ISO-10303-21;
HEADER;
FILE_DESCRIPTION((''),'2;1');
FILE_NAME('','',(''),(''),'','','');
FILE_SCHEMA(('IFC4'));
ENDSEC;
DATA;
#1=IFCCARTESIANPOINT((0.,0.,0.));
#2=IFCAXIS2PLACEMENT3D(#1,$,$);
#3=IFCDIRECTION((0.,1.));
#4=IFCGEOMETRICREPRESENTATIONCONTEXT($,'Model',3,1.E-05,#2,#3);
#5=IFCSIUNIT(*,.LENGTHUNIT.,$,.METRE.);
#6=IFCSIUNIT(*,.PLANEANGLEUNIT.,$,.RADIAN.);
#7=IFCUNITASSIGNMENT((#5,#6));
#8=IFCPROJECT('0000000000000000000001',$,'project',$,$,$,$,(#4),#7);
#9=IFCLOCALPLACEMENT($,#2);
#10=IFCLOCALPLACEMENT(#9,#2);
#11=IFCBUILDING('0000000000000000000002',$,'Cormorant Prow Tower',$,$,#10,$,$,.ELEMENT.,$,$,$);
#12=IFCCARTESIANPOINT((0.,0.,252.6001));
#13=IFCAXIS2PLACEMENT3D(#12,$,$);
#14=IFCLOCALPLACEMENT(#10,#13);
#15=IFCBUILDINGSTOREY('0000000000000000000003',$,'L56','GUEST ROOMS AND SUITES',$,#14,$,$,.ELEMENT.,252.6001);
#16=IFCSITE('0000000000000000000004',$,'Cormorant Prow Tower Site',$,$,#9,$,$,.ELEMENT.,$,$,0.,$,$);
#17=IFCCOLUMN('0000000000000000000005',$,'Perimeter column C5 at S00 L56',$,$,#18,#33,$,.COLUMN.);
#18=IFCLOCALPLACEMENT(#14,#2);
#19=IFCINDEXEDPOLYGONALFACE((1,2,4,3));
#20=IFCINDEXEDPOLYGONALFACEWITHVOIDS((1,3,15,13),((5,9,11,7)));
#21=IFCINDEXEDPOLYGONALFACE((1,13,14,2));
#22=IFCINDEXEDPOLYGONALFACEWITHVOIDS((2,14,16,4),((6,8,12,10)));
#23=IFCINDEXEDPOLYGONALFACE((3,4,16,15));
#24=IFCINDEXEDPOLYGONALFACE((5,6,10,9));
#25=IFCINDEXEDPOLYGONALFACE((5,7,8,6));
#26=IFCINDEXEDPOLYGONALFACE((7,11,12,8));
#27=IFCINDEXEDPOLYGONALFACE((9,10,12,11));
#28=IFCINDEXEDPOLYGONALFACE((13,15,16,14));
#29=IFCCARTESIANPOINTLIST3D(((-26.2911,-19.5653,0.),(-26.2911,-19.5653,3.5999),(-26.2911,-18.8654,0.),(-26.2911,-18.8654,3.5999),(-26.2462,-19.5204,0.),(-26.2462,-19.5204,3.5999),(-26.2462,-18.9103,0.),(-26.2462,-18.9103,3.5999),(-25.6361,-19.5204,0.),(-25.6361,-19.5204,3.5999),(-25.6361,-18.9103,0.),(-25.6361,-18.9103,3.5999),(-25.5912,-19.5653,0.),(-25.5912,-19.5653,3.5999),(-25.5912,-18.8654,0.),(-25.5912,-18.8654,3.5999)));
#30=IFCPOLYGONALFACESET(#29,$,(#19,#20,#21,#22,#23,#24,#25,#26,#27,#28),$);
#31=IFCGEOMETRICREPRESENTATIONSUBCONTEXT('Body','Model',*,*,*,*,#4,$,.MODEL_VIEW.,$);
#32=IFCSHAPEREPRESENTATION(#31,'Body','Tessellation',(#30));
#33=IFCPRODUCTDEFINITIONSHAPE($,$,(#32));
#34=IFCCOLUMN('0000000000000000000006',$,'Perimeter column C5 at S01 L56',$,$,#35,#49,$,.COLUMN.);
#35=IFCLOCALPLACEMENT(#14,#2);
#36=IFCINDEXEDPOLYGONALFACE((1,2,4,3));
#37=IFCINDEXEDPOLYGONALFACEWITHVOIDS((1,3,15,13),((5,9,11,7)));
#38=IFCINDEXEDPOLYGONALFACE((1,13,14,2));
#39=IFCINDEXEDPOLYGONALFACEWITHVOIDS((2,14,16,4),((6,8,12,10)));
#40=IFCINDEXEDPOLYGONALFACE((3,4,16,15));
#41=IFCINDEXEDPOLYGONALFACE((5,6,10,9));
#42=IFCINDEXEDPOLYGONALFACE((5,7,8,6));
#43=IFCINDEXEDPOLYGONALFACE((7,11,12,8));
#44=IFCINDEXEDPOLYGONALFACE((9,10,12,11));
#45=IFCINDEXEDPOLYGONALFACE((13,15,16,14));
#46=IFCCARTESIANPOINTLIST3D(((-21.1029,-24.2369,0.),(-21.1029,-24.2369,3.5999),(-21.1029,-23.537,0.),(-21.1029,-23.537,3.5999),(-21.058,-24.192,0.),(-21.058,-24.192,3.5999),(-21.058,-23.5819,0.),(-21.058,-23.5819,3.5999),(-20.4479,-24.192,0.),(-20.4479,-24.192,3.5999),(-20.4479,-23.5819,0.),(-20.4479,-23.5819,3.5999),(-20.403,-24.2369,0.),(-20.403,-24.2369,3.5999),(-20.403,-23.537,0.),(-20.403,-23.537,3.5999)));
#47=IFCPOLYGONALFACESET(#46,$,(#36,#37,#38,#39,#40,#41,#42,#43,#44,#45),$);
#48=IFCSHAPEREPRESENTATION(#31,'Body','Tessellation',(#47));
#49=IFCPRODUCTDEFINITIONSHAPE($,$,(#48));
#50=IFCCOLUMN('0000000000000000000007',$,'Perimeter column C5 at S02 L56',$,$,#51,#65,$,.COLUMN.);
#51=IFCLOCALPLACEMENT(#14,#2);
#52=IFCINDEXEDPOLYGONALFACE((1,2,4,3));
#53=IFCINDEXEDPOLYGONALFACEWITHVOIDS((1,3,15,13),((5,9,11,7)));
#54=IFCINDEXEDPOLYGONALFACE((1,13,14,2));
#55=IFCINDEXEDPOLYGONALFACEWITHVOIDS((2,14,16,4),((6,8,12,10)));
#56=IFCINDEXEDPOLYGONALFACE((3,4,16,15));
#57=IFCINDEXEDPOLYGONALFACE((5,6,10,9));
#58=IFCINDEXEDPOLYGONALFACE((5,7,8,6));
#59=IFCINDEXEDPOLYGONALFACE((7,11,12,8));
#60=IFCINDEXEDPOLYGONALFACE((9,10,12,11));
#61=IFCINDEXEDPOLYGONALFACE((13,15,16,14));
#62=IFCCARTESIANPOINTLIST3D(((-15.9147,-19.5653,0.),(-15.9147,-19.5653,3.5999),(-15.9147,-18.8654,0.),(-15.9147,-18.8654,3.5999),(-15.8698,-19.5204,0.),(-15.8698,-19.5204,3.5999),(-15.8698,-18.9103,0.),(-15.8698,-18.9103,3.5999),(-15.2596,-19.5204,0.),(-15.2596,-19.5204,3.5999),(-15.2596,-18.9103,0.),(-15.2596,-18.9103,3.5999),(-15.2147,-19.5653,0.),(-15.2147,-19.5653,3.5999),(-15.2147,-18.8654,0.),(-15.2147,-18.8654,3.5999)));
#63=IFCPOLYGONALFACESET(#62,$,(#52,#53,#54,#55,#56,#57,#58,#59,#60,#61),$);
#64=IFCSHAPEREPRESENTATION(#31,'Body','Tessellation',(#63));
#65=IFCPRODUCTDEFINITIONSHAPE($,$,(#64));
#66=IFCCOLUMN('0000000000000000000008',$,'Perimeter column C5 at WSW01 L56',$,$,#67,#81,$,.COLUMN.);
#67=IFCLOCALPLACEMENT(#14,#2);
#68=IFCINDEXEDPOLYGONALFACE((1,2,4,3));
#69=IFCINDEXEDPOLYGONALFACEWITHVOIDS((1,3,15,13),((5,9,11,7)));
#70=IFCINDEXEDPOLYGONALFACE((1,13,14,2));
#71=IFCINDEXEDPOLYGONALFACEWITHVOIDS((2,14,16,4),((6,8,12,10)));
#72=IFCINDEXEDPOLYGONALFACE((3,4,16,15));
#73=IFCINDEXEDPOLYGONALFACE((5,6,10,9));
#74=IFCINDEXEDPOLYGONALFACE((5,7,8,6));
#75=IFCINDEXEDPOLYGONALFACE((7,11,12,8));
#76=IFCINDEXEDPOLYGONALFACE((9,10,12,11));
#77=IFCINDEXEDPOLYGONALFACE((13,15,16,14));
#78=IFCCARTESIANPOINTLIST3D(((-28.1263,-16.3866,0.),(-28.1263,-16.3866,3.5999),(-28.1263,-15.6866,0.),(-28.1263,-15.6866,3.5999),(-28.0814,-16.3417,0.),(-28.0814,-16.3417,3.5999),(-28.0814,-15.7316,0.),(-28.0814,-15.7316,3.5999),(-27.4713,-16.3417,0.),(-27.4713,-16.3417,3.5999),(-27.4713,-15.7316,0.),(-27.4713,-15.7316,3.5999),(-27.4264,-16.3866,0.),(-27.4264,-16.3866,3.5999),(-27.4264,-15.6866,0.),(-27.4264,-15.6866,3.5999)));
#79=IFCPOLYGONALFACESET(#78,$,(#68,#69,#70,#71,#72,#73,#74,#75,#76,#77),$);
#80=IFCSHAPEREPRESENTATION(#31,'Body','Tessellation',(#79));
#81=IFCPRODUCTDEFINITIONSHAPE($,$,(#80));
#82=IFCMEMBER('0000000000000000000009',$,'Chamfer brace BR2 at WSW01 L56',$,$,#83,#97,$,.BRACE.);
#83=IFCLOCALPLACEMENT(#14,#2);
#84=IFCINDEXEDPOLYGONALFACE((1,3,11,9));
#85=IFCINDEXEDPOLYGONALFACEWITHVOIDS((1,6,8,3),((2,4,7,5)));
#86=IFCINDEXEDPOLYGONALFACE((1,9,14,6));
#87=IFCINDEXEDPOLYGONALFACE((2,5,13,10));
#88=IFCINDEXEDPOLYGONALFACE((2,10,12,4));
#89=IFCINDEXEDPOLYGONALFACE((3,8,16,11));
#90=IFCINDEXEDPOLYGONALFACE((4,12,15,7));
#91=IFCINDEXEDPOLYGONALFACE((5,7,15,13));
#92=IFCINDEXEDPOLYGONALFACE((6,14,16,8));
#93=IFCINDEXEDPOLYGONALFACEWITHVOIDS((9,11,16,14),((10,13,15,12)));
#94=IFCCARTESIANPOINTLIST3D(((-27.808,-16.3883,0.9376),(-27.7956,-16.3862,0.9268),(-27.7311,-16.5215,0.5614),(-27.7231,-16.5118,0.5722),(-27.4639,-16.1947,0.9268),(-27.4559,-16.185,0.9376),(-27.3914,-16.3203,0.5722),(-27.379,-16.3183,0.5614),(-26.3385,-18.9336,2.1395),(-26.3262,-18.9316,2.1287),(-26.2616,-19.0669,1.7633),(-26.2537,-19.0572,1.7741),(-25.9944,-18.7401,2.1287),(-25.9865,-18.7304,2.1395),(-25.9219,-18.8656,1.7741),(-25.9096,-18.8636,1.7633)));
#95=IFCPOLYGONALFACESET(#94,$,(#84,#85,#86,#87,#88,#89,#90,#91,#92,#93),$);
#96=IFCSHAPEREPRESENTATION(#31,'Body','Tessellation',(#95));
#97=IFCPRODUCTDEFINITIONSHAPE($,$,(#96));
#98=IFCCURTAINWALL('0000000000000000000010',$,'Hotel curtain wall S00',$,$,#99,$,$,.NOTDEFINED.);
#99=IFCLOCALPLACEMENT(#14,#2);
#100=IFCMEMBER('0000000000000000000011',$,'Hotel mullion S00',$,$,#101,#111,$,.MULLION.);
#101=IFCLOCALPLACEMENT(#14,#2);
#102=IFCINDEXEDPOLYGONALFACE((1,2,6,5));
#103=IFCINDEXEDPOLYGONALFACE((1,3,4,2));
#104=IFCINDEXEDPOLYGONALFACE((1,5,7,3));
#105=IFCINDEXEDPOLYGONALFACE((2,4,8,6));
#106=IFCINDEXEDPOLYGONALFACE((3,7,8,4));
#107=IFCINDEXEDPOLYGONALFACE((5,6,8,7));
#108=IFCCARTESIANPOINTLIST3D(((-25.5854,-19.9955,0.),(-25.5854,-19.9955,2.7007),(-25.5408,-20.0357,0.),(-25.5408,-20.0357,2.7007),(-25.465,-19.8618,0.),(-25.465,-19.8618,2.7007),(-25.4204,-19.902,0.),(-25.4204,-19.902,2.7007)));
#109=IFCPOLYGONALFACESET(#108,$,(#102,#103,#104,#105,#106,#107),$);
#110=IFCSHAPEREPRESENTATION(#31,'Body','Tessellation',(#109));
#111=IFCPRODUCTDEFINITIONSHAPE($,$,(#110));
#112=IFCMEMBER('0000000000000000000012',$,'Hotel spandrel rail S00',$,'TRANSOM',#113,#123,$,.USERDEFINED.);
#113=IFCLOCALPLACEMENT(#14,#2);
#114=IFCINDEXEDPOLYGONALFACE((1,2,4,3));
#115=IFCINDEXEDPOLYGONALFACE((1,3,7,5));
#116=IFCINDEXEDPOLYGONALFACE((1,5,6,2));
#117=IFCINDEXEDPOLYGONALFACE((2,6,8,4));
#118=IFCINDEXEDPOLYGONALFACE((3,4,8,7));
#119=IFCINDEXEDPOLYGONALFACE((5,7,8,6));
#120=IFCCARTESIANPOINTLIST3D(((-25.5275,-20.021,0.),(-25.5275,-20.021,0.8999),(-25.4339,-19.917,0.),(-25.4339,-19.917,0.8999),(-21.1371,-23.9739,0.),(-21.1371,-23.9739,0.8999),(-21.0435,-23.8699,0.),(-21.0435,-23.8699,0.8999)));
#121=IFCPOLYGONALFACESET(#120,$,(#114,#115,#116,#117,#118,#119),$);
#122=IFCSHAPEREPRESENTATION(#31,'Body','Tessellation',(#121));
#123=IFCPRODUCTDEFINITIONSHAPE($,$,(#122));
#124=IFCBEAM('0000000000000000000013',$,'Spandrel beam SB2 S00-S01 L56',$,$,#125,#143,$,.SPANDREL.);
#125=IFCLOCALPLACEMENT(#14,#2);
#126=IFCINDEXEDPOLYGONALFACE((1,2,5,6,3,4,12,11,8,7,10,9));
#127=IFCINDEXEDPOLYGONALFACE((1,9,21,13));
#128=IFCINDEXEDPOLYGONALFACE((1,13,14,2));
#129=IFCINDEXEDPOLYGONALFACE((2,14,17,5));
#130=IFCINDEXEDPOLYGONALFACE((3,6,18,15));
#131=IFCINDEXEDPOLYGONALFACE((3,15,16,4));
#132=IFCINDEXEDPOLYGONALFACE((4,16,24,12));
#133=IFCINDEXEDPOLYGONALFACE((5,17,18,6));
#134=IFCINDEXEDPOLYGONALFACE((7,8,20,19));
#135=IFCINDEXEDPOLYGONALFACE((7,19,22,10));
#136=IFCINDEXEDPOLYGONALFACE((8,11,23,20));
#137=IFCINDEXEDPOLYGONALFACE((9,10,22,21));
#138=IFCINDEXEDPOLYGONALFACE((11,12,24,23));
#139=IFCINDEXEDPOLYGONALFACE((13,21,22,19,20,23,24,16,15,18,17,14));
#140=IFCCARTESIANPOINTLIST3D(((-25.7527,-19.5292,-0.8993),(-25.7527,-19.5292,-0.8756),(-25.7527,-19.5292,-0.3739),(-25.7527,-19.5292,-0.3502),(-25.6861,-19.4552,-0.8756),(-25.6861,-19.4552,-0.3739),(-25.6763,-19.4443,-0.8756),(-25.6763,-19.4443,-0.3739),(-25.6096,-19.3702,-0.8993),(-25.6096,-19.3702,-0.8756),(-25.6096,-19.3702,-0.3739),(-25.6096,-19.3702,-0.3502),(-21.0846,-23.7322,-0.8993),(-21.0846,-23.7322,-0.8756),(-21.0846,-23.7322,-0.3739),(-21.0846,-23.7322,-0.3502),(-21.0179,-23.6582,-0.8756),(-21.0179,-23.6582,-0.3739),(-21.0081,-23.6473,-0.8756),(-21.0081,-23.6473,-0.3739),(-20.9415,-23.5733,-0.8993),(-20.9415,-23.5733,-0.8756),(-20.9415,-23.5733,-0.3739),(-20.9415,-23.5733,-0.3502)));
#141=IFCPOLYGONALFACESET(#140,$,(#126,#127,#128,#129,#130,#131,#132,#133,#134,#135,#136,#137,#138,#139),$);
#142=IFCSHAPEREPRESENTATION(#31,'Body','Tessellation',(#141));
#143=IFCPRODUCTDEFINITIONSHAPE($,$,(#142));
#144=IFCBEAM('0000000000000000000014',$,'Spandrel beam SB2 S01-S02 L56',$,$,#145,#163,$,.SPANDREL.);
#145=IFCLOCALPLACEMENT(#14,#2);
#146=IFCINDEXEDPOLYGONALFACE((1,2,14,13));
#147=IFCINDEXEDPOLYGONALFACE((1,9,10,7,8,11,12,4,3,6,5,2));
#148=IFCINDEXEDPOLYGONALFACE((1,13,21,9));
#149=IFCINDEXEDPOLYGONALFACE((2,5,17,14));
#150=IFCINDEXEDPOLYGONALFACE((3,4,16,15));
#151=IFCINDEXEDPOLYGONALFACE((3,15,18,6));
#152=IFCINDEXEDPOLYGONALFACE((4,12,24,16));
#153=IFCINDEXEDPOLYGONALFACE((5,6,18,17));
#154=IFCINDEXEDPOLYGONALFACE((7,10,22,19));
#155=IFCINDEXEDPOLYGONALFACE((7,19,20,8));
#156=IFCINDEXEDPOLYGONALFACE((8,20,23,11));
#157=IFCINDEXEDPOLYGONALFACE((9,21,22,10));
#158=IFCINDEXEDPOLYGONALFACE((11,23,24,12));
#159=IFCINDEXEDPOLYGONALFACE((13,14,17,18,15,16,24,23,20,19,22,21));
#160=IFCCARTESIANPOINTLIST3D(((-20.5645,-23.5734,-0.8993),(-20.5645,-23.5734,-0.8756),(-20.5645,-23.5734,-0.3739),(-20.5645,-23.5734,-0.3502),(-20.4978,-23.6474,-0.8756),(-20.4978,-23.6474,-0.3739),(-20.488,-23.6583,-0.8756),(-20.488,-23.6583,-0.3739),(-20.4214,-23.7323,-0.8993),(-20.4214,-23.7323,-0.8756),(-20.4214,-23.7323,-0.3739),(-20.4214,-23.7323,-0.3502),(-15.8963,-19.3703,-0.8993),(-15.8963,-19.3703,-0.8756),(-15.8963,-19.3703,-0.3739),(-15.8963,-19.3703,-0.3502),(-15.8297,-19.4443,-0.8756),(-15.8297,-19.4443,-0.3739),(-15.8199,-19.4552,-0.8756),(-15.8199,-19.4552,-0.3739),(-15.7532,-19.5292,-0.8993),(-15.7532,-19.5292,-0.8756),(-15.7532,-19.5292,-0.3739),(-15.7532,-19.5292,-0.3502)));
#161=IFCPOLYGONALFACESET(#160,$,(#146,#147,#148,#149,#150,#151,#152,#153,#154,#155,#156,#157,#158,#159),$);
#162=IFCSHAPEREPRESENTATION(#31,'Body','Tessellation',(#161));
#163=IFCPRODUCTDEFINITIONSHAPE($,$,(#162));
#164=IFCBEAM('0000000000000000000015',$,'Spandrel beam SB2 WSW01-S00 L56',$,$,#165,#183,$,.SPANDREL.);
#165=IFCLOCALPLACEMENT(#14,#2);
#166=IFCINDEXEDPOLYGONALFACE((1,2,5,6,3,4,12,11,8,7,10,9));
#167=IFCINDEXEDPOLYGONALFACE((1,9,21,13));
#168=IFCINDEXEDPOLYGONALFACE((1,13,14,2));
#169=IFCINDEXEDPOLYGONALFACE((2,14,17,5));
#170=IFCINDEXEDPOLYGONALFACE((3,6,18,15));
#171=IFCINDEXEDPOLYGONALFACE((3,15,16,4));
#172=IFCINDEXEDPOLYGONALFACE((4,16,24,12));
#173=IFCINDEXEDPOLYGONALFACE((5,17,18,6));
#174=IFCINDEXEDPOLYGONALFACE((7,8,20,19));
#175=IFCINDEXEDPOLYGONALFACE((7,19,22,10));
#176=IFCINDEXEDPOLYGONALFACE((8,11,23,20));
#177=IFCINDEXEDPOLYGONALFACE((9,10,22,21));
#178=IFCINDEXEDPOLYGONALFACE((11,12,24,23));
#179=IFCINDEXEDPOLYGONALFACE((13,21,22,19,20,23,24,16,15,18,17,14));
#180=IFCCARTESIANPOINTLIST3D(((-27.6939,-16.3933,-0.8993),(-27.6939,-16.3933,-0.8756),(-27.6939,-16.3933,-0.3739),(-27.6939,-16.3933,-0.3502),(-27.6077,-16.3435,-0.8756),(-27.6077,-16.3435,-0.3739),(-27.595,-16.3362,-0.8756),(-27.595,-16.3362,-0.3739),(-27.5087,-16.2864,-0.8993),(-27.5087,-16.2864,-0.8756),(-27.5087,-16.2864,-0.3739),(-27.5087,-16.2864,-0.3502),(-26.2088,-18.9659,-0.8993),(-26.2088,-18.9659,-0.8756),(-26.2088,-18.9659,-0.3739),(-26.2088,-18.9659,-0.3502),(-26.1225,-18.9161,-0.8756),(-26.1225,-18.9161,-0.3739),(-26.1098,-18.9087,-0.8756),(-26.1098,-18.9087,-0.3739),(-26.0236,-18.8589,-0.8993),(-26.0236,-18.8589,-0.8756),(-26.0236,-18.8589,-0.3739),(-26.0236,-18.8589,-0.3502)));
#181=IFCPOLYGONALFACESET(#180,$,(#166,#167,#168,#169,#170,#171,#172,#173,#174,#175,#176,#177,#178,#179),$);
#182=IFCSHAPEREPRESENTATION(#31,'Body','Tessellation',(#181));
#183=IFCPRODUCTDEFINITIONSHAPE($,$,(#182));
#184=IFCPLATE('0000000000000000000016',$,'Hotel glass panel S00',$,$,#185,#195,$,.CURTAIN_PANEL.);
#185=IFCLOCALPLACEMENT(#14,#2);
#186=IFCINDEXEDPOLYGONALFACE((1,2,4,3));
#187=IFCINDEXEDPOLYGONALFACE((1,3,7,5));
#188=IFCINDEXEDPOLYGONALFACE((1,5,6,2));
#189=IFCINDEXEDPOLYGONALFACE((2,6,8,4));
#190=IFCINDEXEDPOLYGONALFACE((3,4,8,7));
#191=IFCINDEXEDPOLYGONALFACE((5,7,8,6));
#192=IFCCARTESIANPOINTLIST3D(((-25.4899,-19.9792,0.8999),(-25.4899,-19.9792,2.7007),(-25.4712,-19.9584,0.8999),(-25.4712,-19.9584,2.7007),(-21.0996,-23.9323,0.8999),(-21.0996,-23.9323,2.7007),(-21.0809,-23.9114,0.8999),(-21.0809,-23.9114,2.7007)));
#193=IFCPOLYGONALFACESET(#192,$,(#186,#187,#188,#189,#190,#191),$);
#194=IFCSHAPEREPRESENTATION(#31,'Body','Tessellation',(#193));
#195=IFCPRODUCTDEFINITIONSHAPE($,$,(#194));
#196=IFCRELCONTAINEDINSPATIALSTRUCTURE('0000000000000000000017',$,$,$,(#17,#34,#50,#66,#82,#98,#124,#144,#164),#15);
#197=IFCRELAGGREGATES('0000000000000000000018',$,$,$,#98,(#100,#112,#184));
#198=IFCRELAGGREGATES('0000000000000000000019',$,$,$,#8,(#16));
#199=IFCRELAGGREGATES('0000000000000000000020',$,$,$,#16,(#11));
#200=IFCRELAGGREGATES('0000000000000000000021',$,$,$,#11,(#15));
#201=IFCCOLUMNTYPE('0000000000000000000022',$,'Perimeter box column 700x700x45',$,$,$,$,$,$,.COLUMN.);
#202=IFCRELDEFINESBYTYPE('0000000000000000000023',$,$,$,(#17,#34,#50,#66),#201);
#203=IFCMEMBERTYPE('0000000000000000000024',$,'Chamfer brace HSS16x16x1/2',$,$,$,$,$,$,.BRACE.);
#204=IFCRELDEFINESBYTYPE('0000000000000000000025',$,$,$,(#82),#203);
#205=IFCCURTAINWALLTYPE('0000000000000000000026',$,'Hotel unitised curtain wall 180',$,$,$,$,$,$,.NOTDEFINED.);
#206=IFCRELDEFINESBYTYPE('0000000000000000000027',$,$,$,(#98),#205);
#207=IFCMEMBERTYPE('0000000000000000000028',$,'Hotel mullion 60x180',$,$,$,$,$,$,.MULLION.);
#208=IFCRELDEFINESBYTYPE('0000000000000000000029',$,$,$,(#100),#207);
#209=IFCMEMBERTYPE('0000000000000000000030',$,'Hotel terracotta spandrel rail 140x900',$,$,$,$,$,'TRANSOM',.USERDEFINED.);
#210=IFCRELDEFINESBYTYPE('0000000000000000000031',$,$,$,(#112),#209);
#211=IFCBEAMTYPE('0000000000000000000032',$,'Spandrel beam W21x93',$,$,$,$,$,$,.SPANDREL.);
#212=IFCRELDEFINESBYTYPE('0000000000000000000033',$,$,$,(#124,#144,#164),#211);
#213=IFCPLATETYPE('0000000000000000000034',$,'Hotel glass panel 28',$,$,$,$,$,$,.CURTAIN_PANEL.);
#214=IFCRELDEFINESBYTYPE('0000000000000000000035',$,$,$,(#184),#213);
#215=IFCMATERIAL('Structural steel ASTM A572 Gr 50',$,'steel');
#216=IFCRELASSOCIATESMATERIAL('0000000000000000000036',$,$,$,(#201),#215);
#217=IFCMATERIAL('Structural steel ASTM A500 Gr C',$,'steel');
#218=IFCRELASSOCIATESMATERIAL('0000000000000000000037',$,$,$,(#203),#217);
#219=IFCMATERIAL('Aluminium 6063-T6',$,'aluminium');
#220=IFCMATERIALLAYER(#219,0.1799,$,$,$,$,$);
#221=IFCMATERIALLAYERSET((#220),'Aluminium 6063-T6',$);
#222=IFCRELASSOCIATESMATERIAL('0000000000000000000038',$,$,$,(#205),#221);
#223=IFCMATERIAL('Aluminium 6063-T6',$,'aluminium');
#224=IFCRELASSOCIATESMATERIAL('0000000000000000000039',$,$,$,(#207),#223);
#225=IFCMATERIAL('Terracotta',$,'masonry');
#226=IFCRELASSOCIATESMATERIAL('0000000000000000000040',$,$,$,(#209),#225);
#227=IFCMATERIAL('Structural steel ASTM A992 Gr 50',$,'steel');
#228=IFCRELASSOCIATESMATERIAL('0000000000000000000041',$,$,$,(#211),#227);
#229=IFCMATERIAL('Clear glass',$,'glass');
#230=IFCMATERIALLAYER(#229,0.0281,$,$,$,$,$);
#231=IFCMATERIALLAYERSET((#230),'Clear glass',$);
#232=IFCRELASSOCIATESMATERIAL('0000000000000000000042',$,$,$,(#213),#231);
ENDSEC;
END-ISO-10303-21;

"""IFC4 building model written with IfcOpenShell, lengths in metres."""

from ifc_helpers import new_model, si_unit, direction, frame, origin, origin_2d, place, context, subcontext, project, spatial, rectangle, hollow_rectangle, i_section, extrude, material, layer, layer_set, material_profile, profile_set, type_object, element, aggregate, save


model = new_model("IFC4")

# Units and contexts
model_context = context("Model", 3, precision=1e-05, world=origin(), true_north=direction((0.0, 1.0)))
body_context = subcontext(model_context, "Body", "Model", "MODEL_VIEW")
ifc_project = project(units=[si_unit("LENGTHUNIT", "METRE"), si_unit("PLANEANGLEUNIT", "RADIAN")], contexts=[model_context])

# Site, building, storey
site_placement = place(None, origin())
site = spatial("IfcSite", under=ifc_project, at=site_placement, Name="Cormorant Prow Tower Site", CompositionType="ELEMENT", RefElevation=0.0)
building_placement = place(site_placement, origin())
building = spatial("IfcBuilding", under=site, at=building_placement, Name="Cormorant Prow Tower", CompositionType="ELEMENT")
storey_placement = place(building_placement, frame((0.0, 0.0, 252.6001)))
storey = spatial("IfcBuildingStorey", under=building, at=storey_placement, Name="L56", Description="GUEST ROOMS AND SUITES", CompositionType="ELEMENT", Elevation=252.6001)

# Columns
ifc_material_1 = material(Name="Structural steel ASTM A572 Gr 50", Category="steel")
ifc_material_profile_1 = material_profile(ifc_material_1, hollow_rectangle(XDim=0.7, YDim=0.7, WallThickness=0.0449, at=origin_2d()), Name="Box 700x700x45")
ifc_profile_set_1 = profile_set([ifc_material_profile_1], Name="Structural steel ASTM A572 Gr 50")
column_type = type_object("IfcColumnType", Name="Perimeter box column 700x700x45", PredefinedType="COLUMN", material=ifc_profile_set_1)
for number, where, z_axis, x_axis, name in (
    (1, (-25.9412, -19.2153, 0.0), (0.0, 0.0, 1.0), (1.0, 0.0, 0.0), "Perimeter column C5 at S00 L56"),
    (2, (-20.7529, -23.887, 0.0), (0.0, 0.0, 1.0), (1.0, 0.0, 0.0), "Perimeter column C5 at S01 L56"),
    (3, (-15.5647, -19.2153, 0.0), (0.0, 0.0, 1.0), (1.0, 0.0, 0.0), "Perimeter column C5 at S02 L56"),
    (4, (-27.7764, -16.0366, 0.0), (0.0, 0.0, 1.0), (1.0, 0.0, 0.0), "Perimeter column C5 at WSW01 L56"),
):
    element("IfcColumn", number, at=place(storey_placement, frame(where, z_axis=z_axis, x_axis=x_axis)), inside=storey, type_object=column_type, Name=name, PredefinedType="COLUMN", context=body_context, shape_type="SweptSolid", body=[
        extrude(hollow_rectangle(XDim=0.7, YDim=0.7, WallThickness=0.0449, at=origin_2d()), origin(), (0.0, 0.0, 1.0), 3.5999),
    ])

# Member
ifc_material_2 = material(Name="Structural steel ASTM A500 Gr C", Category="steel")
ifc_material_profile_2 = material_profile(ifc_material_2, hollow_rectangle(XDim=0.4065, YDim=0.4065, WallThickness=0.0117, at=origin_2d()), Name="HSS16x16x1/2")
ifc_profile_set_2 = profile_set([ifc_material_profile_2], Name="Structural steel ASTM A500 Gr C")
member_type_1 = type_object("IfcMemberType", Name="Chamfer brace HSS16x16x1/2", PredefinedType="BRACE", material=ifc_profile_set_2)
member_1_placement = place(storey_placement, frame((-27.5935, -16.3533, 0.7495), z_axis=(0.462773, -0.801607, 0.378507), x_axis=(0.866042, 0.499972, 0.0)))
element("IfcMember", 5, at=member_1_placement, inside=storey, type_object=member_type_1, Name="Chamfer brace BR2 at WSW01 L56", PredefinedType="BRACE", context=body_context, shape_type="SweptSolid", body=[
    extrude(hollow_rectangle(XDim=0.4065, YDim=0.4065, WallThickness=0.0117, at=origin_2d()), origin(), (0.0, 0.0, 1.0), 3.1753),
])

# Curtain wall, members
ifc_material_3 = material(Name="Aluminium 6063-T6", Category="aluminium")
ifc_layer_1 = layer(ifc_material_3, 0.1799)
ifc_layer_set_1 = layer_set([ifc_layer_1], Name="Aluminium 6063-T6")
curtain_wall_type = type_object("IfcCurtainWallType", Name="Hotel unitised curtain wall 180", PredefinedType="NOTDEFINED", material=ifc_layer_set_1)
curtain_wall_placement = place(storey_placement, origin())
curtain_wall = element("IfcCurtainWall", 6, at=curtain_wall_placement, inside=storey, type_object=curtain_wall_type, Name="Hotel curtain wall S00", PredefinedType="NOTDEFINED")
ifc_material_4 = material(Name="Aluminium 6063-T6", Category="aluminium")
ifc_material_profile_3 = material_profile(ifc_material_4, rectangle(XDim=0.1799, YDim=0.0601, at=origin_2d()), Name="Hotel mullion 60x180")
ifc_profile_set_3 = profile_set([ifc_material_profile_3], Name="Aluminium 6063-T6")
member_type_2 = type_object("IfcMemberType", Name="Hotel mullion 60x180", PredefinedType="MULLION", material=ifc_profile_set_3)
member_2_placement = place(storey_placement, frame((-25.5029, -19.9487, 0.0), z_axis=(0.0, 0.0, 1.0), x_axis=(0.669131, 0.743145, 0.0)))
member_2 = element("IfcMember", 7, at=member_2_placement, type_object=member_type_2, Name="Hotel mullion S00", PredefinedType="MULLION", context=body_context, shape_type="SweptSolid", body=[
    extrude(rectangle(XDim=0.1799, YDim=0.0601, at=origin_2d()), origin(), (0.0, 0.0, 1.0), 2.7007),
])
ifc_material_5 = material(Name="Terracotta", Category="masonry")
ifc_material_profile_4 = material_profile(ifc_material_5, rectangle(XDim=0.1399, YDim=0.8999, at=origin_2d()), Name="Hotel terracotta spandrel rail 140x900")
ifc_profile_set_4 = profile_set([ifc_material_profile_4], Name="Terracotta")
member_type_3 = type_object("IfcMemberType", Name="Hotel terracotta spandrel rail 140x900", ElementType="TRANSOM", PredefinedType="USERDEFINED", material=ifc_profile_set_4)
member_3_placement = place(storey_placement, frame((-25.4807, -19.969, 0.45), z_axis=(0.743165, -0.669109, 0.0), x_axis=(0.669109, 0.743165, 0.0)))
member_3 = element("IfcMember", 8, at=member_3_placement, type_object=member_type_3, Name="Hotel spandrel rail S00", ObjectType="TRANSOM", PredefinedType="USERDEFINED", context=body_context, shape_type="SweptSolid", body=[
    extrude(rectangle(XDim=0.1399, YDim=0.8999, at=origin_2d()), origin(), (0.0, 0.0, 1.0), 5.9077),
])

# Beams
ifc_material_6 = material(Name="Structural steel ASTM A992 Gr 50", Category="steel")
ifc_material_profile_5 = material_profile(ifc_material_6, i_section(OverallWidth=0.2139, OverallDepth=0.5491, WebThickness=0.0146, FlangeThickness=0.0237, at=origin_2d()), Name="W21x93")
ifc_profile_set_5 = profile_set([ifc_material_profile_5], Name="Structural steel ASTM A992 Gr 50")
beam_type = type_object("IfcBeamType", Name="Spandrel beam W21x93", PredefinedType="SPANDREL", material=ifc_profile_set_5)
for number, where, z_axis, x_axis, name in (
    (9, (-25.6812, -19.4497, -0.6248), (0.743157, -0.669117, 0.0), (0.669117, 0.743157, 0.0), "Spandrel beam SB2 S00-S01 L56"),
    (10, (-20.4929, -23.6528, -0.6248), (0.743157, 0.669117, 0.0), (-0.669117, 0.743157, 0.0), "Spandrel beam SB2 S01-S02 L56"),
):
    element("IfcBeam", number, at=place(storey_placement, frame(where, z_axis=z_axis, x_axis=x_axis)), inside=storey, type_object=beam_type, Name=name, PredefinedType="SPANDREL", context=body_context, shape_type="SweptSolid", body=[
        extrude(i_section(OverallWidth=0.2139, OverallDepth=0.5491, WebThickness=0.0146, FlangeThickness=0.0237, at=origin_2d()), origin(), (0.0, 0.0, 1.0), 6.2815),
    ])
beam_placement = place(storey_placement, frame((-27.6013, -16.3398, -0.6248), z_axis=(0.499967, -0.866045, 0.0), x_axis=(0.866045, 0.499967, 0.0)))
element("IfcBeam", 11, at=beam_placement, inside=storey, type_object=beam_type, Name="Spandrel beam SB2 WSW01-S00 L56", PredefinedType="SPANDREL", context=body_context, shape_type="SweptSolid", body=[
    extrude(i_section(OverallWidth=0.2139, OverallDepth=0.5491, WebThickness=0.0146, FlangeThickness=0.0237, at=origin_2d()), origin(), (0.0, 0.0, 1.0), 2.9705),
])

# Plate
ifc_material_7 = material(Name="Clear glass", Category="glass")
ifc_layer_2 = layer(ifc_material_7, 0.0281)
ifc_layer_set_2 = layer_set([ifc_layer_2], Name="Clear glass")
plate_type = type_object("IfcPlateType", Name="Hotel glass panel 28", PredefinedType="CURTAIN_PANEL", material=ifc_layer_set_2)
plate_placement = place(storey_placement, frame((-23.2854, -21.9453, 0.8999), z_axis=(0.0, 0.0, 1.0), x_axis=(0.743145, -0.669131, 0.0)))
plate = element("IfcPlate", 12, at=plate_placement, type_object=plate_type, Name="Hotel glass panel S00", PredefinedType="CURTAIN_PANEL", context=body_context, shape_type="SweptSolid", body=[
    extrude(rectangle(XDim=5.9077, YDim=0.0281, at=origin_2d()), origin(), (0.0, 0.0, 1.0), 1.8008),
])
aggregate(curtain_wall, [member_2, member_3, plate])

save(model, "model.ifc")
